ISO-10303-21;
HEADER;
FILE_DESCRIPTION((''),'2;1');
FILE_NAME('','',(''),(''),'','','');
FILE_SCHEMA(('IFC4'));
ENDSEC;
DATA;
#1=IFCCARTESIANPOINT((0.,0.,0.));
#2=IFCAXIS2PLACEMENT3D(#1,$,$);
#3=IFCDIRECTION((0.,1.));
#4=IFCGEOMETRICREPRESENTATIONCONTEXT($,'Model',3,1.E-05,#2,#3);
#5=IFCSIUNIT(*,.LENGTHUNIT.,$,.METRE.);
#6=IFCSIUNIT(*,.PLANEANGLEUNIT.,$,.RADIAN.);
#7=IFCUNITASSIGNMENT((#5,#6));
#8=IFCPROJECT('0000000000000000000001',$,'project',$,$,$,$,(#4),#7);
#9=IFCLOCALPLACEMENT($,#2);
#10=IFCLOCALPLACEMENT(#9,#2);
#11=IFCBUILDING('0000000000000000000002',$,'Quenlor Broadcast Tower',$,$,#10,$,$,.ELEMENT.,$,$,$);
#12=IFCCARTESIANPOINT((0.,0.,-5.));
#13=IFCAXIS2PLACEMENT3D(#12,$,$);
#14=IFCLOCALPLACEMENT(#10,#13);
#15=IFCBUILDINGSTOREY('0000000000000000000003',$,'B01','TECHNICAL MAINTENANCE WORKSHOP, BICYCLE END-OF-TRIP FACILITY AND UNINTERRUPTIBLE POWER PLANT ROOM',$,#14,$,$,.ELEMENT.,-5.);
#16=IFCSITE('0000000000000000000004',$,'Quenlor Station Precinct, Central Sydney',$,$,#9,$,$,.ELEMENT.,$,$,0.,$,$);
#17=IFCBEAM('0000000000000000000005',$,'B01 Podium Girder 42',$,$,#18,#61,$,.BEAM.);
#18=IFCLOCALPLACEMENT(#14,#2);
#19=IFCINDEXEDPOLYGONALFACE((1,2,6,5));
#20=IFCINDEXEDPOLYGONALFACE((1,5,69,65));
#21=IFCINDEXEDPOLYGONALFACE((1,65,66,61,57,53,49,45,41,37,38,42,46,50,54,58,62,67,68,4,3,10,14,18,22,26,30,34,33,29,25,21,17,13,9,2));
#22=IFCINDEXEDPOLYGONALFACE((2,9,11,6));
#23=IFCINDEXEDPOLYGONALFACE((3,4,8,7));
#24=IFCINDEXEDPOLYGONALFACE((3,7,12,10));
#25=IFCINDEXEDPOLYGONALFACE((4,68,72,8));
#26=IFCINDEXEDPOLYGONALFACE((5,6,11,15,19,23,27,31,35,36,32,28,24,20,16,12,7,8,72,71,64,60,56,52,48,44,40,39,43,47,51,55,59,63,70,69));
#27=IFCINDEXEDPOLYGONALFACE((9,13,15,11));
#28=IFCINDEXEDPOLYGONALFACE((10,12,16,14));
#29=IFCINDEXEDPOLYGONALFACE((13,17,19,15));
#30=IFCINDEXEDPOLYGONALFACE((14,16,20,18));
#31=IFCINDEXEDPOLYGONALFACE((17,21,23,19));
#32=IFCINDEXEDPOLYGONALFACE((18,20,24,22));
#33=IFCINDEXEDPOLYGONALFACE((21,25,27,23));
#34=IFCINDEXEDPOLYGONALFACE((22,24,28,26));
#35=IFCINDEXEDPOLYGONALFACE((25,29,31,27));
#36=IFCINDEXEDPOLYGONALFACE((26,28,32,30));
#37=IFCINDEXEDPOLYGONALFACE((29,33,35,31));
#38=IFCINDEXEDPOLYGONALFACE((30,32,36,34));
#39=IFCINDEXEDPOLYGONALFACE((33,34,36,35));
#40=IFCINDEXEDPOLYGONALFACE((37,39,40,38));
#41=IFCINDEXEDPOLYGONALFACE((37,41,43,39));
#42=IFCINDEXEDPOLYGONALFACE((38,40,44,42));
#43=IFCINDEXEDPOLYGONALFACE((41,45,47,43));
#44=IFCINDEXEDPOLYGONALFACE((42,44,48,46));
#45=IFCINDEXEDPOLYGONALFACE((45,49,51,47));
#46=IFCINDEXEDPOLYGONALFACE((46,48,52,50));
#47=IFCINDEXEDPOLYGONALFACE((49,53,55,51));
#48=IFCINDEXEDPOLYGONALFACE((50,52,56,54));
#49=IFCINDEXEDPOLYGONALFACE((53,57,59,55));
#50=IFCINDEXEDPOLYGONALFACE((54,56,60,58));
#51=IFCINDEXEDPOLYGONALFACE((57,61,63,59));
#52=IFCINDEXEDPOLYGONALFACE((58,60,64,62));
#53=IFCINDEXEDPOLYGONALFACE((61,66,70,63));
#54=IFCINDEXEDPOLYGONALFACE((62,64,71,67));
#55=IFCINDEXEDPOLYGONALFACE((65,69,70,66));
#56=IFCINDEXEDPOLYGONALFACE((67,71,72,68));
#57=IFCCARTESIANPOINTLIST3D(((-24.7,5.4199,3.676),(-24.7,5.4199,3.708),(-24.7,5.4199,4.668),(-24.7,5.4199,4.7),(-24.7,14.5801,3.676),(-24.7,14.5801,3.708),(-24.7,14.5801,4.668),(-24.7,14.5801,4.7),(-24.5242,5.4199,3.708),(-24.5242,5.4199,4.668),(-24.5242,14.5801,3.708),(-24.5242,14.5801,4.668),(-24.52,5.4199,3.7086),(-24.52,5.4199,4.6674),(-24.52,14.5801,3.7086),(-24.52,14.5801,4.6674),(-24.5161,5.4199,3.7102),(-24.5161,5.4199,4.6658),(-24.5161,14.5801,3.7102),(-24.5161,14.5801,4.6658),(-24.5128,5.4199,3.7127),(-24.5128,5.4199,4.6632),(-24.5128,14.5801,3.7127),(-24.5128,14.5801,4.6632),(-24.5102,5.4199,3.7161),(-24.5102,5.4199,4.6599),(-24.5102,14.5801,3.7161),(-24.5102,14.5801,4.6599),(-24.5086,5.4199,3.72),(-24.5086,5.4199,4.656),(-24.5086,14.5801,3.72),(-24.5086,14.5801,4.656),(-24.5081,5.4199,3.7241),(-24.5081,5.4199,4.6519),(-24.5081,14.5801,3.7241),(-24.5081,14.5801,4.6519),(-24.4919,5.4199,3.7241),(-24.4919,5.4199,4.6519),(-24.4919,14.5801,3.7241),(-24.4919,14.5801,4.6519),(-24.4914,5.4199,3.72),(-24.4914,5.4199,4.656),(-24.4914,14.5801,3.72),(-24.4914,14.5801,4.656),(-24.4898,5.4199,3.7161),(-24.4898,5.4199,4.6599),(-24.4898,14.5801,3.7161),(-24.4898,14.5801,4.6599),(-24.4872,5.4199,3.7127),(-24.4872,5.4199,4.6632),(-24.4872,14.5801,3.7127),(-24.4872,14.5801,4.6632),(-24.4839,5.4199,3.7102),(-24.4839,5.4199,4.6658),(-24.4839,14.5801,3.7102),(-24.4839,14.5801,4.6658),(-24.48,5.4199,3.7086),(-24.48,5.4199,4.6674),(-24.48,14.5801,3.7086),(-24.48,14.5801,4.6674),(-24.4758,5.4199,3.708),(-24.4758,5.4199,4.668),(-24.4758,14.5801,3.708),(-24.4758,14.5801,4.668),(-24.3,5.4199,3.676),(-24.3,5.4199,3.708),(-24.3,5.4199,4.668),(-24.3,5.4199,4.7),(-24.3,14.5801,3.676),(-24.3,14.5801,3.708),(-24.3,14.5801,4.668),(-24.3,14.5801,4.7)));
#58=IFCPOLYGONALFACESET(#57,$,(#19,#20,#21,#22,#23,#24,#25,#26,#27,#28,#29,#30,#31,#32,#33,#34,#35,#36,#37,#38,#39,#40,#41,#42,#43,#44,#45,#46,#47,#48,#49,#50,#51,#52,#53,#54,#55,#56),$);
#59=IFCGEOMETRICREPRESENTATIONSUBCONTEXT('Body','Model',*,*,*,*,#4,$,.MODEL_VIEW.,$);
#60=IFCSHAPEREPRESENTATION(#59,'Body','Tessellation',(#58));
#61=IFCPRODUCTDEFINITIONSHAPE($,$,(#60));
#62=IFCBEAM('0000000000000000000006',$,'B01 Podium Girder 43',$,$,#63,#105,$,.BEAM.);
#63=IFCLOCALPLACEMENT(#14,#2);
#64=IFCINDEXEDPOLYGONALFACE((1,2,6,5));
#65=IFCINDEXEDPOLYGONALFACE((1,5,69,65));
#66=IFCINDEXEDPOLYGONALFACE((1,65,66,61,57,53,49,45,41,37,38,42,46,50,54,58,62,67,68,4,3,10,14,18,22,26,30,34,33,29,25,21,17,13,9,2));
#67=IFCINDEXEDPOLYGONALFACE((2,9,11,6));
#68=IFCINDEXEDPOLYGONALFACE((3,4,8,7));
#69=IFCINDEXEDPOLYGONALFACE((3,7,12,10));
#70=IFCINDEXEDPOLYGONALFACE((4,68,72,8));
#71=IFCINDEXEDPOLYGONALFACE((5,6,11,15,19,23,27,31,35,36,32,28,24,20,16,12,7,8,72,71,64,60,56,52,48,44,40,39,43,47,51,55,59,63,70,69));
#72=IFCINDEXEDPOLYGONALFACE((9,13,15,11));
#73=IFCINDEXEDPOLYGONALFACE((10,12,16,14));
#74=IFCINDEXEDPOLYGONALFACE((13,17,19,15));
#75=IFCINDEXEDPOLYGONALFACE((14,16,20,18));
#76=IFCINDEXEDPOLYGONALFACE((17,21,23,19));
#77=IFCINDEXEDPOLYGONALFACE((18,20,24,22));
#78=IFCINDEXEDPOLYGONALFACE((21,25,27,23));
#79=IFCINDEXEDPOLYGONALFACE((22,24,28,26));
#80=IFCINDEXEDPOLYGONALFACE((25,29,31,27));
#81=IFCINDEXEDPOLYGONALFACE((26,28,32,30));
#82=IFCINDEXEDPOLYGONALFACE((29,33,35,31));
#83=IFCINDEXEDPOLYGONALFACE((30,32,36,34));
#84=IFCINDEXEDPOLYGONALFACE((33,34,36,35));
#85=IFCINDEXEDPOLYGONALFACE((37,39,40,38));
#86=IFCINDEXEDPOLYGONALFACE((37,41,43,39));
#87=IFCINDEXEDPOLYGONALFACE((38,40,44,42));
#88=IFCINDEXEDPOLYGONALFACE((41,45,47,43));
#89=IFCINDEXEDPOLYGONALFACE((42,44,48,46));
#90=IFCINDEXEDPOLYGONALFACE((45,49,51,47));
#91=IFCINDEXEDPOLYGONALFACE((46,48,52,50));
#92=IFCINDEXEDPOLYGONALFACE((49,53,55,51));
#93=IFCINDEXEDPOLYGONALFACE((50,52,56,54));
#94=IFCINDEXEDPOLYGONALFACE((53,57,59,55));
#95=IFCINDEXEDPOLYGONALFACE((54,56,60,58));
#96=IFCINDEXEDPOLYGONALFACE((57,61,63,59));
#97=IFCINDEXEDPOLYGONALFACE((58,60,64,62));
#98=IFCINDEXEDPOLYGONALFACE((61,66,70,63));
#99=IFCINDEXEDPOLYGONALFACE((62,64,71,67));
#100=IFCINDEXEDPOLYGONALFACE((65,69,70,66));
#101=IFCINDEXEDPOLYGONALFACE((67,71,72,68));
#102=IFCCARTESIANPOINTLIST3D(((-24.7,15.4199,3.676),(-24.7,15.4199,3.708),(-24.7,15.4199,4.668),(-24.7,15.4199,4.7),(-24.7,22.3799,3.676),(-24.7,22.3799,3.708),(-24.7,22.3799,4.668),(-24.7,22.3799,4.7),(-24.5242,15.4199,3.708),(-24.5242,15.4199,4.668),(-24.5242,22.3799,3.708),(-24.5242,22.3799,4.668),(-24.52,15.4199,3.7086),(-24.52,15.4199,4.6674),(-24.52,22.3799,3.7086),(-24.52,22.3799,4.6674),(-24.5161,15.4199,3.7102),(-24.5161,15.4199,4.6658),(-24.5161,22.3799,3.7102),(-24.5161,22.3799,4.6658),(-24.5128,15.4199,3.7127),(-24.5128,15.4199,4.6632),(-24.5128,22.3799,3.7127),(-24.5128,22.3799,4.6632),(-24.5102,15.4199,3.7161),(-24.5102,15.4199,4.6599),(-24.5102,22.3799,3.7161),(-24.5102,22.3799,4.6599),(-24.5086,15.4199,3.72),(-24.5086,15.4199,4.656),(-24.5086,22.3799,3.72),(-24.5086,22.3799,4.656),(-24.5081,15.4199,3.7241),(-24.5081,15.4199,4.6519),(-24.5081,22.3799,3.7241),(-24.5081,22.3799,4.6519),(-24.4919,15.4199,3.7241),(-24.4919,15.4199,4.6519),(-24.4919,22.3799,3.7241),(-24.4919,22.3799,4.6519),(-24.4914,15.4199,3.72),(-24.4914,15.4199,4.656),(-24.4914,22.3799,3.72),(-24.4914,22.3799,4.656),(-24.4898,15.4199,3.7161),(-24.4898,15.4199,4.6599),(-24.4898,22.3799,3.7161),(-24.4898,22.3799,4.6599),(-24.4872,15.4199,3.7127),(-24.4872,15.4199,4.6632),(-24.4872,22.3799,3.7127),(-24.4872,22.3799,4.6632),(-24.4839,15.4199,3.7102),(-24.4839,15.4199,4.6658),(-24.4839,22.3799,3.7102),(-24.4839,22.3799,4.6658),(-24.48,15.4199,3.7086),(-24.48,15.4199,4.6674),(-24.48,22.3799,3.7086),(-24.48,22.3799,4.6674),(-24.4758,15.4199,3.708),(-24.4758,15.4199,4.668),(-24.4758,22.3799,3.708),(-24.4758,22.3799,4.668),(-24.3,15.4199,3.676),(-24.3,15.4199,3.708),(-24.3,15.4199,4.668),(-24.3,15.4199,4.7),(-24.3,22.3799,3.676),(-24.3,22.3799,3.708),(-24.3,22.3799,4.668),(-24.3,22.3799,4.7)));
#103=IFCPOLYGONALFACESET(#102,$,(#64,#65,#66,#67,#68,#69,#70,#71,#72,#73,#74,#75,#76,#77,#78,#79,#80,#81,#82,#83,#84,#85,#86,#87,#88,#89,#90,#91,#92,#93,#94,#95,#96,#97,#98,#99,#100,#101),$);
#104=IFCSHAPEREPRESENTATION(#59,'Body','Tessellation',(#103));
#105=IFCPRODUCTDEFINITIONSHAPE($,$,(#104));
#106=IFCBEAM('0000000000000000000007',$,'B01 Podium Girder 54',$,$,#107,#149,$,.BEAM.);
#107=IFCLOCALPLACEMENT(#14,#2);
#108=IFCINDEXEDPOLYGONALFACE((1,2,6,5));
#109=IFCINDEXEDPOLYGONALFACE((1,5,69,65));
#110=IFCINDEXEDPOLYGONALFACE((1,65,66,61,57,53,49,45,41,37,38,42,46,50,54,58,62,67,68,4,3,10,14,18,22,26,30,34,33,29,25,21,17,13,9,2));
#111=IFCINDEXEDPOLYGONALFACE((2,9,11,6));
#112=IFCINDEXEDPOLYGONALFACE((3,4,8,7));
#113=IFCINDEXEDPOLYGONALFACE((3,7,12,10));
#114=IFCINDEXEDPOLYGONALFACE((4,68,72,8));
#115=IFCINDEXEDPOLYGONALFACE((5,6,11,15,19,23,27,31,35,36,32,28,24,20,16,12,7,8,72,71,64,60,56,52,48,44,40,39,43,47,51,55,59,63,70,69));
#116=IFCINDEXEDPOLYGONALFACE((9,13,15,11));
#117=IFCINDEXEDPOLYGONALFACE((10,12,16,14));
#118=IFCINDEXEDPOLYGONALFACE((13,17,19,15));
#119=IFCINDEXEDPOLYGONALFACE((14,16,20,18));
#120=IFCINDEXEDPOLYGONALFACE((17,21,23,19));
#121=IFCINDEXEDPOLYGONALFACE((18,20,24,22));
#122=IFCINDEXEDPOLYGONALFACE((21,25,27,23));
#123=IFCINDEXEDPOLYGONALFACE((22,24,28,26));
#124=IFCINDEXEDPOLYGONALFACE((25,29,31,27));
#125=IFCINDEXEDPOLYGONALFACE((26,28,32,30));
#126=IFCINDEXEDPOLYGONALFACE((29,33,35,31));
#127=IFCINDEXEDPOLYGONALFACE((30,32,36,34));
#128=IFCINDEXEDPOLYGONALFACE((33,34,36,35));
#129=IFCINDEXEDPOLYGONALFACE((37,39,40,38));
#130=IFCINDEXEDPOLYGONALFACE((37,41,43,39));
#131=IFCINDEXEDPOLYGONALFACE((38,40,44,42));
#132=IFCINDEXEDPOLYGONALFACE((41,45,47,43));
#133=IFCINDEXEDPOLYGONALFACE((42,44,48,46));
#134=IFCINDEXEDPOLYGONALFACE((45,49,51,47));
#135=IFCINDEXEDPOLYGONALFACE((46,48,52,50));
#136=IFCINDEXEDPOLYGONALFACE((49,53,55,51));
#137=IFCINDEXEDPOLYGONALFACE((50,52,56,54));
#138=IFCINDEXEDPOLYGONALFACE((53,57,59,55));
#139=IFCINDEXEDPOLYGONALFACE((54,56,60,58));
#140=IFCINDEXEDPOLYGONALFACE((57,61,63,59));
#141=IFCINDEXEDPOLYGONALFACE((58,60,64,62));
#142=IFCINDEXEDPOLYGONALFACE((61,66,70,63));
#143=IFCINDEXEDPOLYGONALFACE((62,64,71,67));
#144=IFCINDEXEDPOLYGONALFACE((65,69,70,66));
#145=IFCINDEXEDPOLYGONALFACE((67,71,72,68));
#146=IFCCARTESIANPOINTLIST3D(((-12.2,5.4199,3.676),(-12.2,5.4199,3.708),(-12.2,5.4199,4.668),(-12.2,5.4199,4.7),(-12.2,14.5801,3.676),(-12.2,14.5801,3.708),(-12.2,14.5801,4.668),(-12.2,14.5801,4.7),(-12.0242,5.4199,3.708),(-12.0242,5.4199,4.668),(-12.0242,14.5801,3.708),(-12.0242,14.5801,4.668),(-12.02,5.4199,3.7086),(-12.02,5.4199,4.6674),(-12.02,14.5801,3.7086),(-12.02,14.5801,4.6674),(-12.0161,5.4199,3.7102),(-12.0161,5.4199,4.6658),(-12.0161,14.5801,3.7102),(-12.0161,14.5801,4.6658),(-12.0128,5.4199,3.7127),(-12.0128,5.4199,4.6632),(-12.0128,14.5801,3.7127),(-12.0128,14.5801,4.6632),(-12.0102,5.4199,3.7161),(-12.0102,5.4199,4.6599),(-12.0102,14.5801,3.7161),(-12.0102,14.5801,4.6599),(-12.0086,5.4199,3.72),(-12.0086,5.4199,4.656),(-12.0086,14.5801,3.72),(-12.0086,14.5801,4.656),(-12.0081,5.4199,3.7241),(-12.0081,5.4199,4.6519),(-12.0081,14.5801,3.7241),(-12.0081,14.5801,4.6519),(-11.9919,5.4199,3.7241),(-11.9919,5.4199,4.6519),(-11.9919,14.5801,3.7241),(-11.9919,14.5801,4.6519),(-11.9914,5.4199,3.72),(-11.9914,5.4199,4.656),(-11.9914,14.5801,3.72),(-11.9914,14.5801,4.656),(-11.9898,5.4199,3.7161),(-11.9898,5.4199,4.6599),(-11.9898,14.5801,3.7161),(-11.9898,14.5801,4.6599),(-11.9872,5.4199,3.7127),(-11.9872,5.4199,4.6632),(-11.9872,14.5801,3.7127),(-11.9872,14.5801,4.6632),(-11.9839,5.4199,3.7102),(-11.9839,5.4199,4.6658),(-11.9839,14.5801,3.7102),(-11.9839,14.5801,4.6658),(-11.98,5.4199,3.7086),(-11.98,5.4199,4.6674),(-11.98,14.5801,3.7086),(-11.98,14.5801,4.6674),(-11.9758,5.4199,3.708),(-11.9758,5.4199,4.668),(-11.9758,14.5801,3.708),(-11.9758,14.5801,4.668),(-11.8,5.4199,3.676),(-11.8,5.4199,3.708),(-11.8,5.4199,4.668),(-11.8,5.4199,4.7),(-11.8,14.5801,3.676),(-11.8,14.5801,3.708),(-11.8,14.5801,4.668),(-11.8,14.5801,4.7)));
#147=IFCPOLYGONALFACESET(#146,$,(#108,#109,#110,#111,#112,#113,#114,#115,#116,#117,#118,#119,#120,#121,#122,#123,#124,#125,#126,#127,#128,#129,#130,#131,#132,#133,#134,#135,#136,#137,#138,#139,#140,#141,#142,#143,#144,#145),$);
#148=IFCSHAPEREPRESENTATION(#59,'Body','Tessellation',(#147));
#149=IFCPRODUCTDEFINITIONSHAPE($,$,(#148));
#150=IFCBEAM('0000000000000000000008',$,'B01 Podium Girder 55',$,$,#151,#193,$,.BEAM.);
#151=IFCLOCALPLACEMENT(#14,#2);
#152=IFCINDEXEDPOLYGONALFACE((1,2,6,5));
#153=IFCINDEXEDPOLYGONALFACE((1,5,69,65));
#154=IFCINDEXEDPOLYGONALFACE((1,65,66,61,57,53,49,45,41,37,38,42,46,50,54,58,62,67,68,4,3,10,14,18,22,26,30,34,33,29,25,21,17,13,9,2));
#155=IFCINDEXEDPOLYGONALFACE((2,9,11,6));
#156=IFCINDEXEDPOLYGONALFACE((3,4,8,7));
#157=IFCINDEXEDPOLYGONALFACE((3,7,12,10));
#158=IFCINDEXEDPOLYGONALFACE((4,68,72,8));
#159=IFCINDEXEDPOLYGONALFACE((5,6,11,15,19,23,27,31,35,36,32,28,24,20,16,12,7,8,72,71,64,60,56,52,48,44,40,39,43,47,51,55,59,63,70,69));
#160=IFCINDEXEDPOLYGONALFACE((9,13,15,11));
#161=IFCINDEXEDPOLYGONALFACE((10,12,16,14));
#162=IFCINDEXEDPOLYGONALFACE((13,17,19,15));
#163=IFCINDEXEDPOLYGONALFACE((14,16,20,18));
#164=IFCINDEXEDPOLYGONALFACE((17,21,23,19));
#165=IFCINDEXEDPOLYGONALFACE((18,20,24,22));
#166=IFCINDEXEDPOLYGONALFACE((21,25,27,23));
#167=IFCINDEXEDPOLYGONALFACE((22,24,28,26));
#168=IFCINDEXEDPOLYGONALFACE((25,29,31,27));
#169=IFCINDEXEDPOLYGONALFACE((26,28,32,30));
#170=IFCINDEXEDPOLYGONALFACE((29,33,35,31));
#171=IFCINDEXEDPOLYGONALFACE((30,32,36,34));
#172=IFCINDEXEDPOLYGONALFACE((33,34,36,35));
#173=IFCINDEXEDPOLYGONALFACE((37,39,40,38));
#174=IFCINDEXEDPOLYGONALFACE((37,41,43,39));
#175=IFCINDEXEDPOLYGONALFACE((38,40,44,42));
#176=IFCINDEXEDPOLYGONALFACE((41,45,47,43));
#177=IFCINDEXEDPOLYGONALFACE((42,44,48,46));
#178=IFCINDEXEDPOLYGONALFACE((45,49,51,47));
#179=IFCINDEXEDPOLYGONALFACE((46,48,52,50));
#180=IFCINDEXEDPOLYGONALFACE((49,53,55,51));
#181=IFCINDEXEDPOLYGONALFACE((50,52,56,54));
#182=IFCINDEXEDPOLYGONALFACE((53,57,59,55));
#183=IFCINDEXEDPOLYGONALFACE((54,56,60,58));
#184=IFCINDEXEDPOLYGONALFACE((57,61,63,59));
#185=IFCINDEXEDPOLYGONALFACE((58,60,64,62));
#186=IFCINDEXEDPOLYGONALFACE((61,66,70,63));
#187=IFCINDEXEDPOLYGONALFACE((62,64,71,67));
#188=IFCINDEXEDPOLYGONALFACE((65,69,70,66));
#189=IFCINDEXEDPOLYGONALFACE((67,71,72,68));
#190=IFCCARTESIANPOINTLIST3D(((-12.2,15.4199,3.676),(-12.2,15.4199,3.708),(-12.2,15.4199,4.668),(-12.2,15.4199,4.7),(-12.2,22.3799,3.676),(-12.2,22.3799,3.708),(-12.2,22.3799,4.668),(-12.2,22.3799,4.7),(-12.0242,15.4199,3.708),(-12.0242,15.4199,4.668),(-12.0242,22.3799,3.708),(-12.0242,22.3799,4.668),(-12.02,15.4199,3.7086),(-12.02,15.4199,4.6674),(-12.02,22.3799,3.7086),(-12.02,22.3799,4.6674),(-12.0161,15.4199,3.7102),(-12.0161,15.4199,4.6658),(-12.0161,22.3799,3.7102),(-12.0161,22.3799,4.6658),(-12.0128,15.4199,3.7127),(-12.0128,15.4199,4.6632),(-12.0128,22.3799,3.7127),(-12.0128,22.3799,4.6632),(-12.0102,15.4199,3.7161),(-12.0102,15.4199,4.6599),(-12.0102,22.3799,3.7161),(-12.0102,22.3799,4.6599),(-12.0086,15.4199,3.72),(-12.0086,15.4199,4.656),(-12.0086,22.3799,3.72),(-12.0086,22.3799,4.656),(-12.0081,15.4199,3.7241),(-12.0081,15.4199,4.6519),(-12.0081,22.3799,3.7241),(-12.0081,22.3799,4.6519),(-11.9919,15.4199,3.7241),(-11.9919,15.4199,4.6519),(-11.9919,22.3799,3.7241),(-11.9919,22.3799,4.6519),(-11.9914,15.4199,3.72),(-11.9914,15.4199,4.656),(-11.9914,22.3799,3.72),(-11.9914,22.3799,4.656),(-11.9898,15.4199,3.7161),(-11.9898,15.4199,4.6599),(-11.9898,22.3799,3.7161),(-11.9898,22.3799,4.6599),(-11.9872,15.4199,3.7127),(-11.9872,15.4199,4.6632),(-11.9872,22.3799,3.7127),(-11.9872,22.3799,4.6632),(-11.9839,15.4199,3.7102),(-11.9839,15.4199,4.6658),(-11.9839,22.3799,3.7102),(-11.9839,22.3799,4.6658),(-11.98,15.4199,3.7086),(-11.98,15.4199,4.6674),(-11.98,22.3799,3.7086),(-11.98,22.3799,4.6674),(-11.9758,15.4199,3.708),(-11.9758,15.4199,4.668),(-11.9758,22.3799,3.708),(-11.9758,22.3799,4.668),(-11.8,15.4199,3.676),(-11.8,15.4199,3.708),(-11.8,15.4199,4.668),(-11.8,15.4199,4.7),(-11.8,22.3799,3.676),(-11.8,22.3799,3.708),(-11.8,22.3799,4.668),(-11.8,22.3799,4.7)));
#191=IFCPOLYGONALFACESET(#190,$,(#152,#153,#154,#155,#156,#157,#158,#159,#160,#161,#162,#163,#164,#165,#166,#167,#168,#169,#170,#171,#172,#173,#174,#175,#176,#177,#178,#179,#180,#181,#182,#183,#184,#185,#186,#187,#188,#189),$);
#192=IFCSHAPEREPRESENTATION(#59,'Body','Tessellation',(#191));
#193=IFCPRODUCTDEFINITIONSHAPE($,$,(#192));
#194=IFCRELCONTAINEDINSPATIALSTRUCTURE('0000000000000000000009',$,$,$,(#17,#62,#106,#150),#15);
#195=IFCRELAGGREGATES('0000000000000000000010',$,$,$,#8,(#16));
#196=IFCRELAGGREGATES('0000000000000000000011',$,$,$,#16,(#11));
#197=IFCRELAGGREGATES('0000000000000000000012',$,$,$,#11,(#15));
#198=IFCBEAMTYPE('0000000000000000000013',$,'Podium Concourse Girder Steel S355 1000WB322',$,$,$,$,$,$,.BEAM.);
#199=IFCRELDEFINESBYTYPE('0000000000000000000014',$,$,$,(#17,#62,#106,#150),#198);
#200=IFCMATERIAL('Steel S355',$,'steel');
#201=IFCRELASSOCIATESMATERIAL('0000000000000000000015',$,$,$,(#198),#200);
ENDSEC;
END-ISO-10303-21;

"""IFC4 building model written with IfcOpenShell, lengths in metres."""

from ifc_helpers import new_model, si_unit, direction, frame, origin, origin_2d, place, context, subcontext, project, spatial, i_section, extrude, material, material_profile, profile_set, type_object, element, save


model = new_model("IFC4")

# Units and contexts
model_context = context("Model", 3, precision=1e-05, world=origin(), true_north=direction((0.0, 1.0)))
body_context = subcontext(model_context, "Body", "Model", "MODEL_VIEW")
ifc_project = project(units=[si_unit("LENGTHUNIT", "METRE"), si_unit("PLANEANGLEUNIT", "RADIAN")], contexts=[model_context])

# Site, building, storey
site_placement = place(None, origin())
site = spatial("IfcSite", under=ifc_project, at=site_placement, Name="Quenlor Station Precinct, Central Sydney", CompositionType="ELEMENT", RefElevation=0.0)
building_placement = place(site_placement, origin())
building = spatial("IfcBuilding", under=site, at=building_placement, Name="Quenlor Broadcast Tower", CompositionType="ELEMENT")
storey_placement = place(building_placement, frame((0.0, 0.0, -5.0)))
storey = spatial("IfcBuildingStorey", under=building, at=storey_placement, Name="B01", Description="TECHNICAL MAINTENANCE WORKSHOP, BICYCLE END-OF-TRIP FACILITY AND UNINTERRUPTIBLE POWER PLANT ROOM", CompositionType="ELEMENT", Elevation=-5.0)

# Beams
ifc_material_1 = material(Name="Steel S355", Category="steel")
ifc_material_profile_1 = material_profile(ifc_material_1, i_section(OverallWidth=0.3999, OverallDepth=1.0239, WebThickness=0.0161, FlangeThickness=0.032, FilletRadius=0.0161, at=origin_2d()))
ifc_profile_set_1 = profile_set([ifc_material_profile_1], Name="Steel S355 1000WB322")
beam_type_1 = type_object("IfcBeamType", Name="Podium Concourse Girder Steel S355 1000WB322", PredefinedType="BEAM", material=ifc_profile_set_1)
beam_1_placement = place(storey_placement, frame((-24.5, 5.4199, 4.188), z_axis=(0.0, 1.0, 0.0), x_axis=(-1.0, 0.0, 0.0)))
element("IfcBeam", 1, at=beam_1_placement, inside=storey, type_object=beam_type_1, Name="B01 Podium Girder 42", PredefinedType="BEAM", context=body_context, shape_type="SweptSolid", body=[
    extrude(i_section(OverallWidth=0.3999, OverallDepth=1.0239, WebThickness=0.0161, FlangeThickness=0.032, FilletRadius=0.0161, at=origin_2d()), origin(), (0.0, 0.0, 1.0), 9.1602),
])
beam_2_placement = place(storey_placement, frame((-24.5, 15.4199, 4.188), z_axis=(0.0, 1.0, 0.0), x_axis=(-1.0, 0.0, 0.0)))
element("IfcBeam", 2, at=beam_2_placement, inside=storey, type_object=beam_type_1, Name="B01 Podium Girder 43", PredefinedType="BEAM", context=body_context, shape_type="SweptSolid", body=[
    extrude(i_section(OverallWidth=0.3999, OverallDepth=1.0239, WebThickness=0.0161, FlangeThickness=0.032, FilletRadius=0.0161, at=origin_2d()), origin(), (0.0, 0.0, 1.0), 6.96),
])
beam_3_placement = place(storey_placement, frame((-12.0, 5.4199, 4.188), z_axis=(0.0, 1.0, 0.0), x_axis=(-1.0, 0.0, 0.0)))
element("IfcBeam", 3, at=beam_3_placement, inside=storey, type_object=beam_type_1, Name="B01 Podium Girder 54", PredefinedType="BEAM", context=body_context, shape_type="SweptSolid", body=[
    extrude(i_section(OverallWidth=0.3999, OverallDepth=1.0239, WebThickness=0.0161, FlangeThickness=0.032, FilletRadius=0.0161, at=origin_2d()), origin(), (0.0, 0.0, 1.0), 9.1602),
])
beam_4_placement = place(storey_placement, frame((-12.0, 15.4199, 4.188), z_axis=(0.0, 1.0, 0.0), x_axis=(-1.0, 0.0, 0.0)))
element("IfcBeam", 4, at=beam_4_placement, inside=storey, type_object=beam_type_1, Name="B01 Podium Girder 55", PredefinedType="BEAM", context=body_context, shape_type="SweptSolid", body=[
    extrude(i_section(OverallWidth=0.3999, OverallDepth=1.0239, WebThickness=0.0161, FlangeThickness=0.032, FilletRadius=0.0161, at=origin_2d()), origin(), (0.0, 0.0, 1.0), 6.96),
])

save(model, "model.ifc")
